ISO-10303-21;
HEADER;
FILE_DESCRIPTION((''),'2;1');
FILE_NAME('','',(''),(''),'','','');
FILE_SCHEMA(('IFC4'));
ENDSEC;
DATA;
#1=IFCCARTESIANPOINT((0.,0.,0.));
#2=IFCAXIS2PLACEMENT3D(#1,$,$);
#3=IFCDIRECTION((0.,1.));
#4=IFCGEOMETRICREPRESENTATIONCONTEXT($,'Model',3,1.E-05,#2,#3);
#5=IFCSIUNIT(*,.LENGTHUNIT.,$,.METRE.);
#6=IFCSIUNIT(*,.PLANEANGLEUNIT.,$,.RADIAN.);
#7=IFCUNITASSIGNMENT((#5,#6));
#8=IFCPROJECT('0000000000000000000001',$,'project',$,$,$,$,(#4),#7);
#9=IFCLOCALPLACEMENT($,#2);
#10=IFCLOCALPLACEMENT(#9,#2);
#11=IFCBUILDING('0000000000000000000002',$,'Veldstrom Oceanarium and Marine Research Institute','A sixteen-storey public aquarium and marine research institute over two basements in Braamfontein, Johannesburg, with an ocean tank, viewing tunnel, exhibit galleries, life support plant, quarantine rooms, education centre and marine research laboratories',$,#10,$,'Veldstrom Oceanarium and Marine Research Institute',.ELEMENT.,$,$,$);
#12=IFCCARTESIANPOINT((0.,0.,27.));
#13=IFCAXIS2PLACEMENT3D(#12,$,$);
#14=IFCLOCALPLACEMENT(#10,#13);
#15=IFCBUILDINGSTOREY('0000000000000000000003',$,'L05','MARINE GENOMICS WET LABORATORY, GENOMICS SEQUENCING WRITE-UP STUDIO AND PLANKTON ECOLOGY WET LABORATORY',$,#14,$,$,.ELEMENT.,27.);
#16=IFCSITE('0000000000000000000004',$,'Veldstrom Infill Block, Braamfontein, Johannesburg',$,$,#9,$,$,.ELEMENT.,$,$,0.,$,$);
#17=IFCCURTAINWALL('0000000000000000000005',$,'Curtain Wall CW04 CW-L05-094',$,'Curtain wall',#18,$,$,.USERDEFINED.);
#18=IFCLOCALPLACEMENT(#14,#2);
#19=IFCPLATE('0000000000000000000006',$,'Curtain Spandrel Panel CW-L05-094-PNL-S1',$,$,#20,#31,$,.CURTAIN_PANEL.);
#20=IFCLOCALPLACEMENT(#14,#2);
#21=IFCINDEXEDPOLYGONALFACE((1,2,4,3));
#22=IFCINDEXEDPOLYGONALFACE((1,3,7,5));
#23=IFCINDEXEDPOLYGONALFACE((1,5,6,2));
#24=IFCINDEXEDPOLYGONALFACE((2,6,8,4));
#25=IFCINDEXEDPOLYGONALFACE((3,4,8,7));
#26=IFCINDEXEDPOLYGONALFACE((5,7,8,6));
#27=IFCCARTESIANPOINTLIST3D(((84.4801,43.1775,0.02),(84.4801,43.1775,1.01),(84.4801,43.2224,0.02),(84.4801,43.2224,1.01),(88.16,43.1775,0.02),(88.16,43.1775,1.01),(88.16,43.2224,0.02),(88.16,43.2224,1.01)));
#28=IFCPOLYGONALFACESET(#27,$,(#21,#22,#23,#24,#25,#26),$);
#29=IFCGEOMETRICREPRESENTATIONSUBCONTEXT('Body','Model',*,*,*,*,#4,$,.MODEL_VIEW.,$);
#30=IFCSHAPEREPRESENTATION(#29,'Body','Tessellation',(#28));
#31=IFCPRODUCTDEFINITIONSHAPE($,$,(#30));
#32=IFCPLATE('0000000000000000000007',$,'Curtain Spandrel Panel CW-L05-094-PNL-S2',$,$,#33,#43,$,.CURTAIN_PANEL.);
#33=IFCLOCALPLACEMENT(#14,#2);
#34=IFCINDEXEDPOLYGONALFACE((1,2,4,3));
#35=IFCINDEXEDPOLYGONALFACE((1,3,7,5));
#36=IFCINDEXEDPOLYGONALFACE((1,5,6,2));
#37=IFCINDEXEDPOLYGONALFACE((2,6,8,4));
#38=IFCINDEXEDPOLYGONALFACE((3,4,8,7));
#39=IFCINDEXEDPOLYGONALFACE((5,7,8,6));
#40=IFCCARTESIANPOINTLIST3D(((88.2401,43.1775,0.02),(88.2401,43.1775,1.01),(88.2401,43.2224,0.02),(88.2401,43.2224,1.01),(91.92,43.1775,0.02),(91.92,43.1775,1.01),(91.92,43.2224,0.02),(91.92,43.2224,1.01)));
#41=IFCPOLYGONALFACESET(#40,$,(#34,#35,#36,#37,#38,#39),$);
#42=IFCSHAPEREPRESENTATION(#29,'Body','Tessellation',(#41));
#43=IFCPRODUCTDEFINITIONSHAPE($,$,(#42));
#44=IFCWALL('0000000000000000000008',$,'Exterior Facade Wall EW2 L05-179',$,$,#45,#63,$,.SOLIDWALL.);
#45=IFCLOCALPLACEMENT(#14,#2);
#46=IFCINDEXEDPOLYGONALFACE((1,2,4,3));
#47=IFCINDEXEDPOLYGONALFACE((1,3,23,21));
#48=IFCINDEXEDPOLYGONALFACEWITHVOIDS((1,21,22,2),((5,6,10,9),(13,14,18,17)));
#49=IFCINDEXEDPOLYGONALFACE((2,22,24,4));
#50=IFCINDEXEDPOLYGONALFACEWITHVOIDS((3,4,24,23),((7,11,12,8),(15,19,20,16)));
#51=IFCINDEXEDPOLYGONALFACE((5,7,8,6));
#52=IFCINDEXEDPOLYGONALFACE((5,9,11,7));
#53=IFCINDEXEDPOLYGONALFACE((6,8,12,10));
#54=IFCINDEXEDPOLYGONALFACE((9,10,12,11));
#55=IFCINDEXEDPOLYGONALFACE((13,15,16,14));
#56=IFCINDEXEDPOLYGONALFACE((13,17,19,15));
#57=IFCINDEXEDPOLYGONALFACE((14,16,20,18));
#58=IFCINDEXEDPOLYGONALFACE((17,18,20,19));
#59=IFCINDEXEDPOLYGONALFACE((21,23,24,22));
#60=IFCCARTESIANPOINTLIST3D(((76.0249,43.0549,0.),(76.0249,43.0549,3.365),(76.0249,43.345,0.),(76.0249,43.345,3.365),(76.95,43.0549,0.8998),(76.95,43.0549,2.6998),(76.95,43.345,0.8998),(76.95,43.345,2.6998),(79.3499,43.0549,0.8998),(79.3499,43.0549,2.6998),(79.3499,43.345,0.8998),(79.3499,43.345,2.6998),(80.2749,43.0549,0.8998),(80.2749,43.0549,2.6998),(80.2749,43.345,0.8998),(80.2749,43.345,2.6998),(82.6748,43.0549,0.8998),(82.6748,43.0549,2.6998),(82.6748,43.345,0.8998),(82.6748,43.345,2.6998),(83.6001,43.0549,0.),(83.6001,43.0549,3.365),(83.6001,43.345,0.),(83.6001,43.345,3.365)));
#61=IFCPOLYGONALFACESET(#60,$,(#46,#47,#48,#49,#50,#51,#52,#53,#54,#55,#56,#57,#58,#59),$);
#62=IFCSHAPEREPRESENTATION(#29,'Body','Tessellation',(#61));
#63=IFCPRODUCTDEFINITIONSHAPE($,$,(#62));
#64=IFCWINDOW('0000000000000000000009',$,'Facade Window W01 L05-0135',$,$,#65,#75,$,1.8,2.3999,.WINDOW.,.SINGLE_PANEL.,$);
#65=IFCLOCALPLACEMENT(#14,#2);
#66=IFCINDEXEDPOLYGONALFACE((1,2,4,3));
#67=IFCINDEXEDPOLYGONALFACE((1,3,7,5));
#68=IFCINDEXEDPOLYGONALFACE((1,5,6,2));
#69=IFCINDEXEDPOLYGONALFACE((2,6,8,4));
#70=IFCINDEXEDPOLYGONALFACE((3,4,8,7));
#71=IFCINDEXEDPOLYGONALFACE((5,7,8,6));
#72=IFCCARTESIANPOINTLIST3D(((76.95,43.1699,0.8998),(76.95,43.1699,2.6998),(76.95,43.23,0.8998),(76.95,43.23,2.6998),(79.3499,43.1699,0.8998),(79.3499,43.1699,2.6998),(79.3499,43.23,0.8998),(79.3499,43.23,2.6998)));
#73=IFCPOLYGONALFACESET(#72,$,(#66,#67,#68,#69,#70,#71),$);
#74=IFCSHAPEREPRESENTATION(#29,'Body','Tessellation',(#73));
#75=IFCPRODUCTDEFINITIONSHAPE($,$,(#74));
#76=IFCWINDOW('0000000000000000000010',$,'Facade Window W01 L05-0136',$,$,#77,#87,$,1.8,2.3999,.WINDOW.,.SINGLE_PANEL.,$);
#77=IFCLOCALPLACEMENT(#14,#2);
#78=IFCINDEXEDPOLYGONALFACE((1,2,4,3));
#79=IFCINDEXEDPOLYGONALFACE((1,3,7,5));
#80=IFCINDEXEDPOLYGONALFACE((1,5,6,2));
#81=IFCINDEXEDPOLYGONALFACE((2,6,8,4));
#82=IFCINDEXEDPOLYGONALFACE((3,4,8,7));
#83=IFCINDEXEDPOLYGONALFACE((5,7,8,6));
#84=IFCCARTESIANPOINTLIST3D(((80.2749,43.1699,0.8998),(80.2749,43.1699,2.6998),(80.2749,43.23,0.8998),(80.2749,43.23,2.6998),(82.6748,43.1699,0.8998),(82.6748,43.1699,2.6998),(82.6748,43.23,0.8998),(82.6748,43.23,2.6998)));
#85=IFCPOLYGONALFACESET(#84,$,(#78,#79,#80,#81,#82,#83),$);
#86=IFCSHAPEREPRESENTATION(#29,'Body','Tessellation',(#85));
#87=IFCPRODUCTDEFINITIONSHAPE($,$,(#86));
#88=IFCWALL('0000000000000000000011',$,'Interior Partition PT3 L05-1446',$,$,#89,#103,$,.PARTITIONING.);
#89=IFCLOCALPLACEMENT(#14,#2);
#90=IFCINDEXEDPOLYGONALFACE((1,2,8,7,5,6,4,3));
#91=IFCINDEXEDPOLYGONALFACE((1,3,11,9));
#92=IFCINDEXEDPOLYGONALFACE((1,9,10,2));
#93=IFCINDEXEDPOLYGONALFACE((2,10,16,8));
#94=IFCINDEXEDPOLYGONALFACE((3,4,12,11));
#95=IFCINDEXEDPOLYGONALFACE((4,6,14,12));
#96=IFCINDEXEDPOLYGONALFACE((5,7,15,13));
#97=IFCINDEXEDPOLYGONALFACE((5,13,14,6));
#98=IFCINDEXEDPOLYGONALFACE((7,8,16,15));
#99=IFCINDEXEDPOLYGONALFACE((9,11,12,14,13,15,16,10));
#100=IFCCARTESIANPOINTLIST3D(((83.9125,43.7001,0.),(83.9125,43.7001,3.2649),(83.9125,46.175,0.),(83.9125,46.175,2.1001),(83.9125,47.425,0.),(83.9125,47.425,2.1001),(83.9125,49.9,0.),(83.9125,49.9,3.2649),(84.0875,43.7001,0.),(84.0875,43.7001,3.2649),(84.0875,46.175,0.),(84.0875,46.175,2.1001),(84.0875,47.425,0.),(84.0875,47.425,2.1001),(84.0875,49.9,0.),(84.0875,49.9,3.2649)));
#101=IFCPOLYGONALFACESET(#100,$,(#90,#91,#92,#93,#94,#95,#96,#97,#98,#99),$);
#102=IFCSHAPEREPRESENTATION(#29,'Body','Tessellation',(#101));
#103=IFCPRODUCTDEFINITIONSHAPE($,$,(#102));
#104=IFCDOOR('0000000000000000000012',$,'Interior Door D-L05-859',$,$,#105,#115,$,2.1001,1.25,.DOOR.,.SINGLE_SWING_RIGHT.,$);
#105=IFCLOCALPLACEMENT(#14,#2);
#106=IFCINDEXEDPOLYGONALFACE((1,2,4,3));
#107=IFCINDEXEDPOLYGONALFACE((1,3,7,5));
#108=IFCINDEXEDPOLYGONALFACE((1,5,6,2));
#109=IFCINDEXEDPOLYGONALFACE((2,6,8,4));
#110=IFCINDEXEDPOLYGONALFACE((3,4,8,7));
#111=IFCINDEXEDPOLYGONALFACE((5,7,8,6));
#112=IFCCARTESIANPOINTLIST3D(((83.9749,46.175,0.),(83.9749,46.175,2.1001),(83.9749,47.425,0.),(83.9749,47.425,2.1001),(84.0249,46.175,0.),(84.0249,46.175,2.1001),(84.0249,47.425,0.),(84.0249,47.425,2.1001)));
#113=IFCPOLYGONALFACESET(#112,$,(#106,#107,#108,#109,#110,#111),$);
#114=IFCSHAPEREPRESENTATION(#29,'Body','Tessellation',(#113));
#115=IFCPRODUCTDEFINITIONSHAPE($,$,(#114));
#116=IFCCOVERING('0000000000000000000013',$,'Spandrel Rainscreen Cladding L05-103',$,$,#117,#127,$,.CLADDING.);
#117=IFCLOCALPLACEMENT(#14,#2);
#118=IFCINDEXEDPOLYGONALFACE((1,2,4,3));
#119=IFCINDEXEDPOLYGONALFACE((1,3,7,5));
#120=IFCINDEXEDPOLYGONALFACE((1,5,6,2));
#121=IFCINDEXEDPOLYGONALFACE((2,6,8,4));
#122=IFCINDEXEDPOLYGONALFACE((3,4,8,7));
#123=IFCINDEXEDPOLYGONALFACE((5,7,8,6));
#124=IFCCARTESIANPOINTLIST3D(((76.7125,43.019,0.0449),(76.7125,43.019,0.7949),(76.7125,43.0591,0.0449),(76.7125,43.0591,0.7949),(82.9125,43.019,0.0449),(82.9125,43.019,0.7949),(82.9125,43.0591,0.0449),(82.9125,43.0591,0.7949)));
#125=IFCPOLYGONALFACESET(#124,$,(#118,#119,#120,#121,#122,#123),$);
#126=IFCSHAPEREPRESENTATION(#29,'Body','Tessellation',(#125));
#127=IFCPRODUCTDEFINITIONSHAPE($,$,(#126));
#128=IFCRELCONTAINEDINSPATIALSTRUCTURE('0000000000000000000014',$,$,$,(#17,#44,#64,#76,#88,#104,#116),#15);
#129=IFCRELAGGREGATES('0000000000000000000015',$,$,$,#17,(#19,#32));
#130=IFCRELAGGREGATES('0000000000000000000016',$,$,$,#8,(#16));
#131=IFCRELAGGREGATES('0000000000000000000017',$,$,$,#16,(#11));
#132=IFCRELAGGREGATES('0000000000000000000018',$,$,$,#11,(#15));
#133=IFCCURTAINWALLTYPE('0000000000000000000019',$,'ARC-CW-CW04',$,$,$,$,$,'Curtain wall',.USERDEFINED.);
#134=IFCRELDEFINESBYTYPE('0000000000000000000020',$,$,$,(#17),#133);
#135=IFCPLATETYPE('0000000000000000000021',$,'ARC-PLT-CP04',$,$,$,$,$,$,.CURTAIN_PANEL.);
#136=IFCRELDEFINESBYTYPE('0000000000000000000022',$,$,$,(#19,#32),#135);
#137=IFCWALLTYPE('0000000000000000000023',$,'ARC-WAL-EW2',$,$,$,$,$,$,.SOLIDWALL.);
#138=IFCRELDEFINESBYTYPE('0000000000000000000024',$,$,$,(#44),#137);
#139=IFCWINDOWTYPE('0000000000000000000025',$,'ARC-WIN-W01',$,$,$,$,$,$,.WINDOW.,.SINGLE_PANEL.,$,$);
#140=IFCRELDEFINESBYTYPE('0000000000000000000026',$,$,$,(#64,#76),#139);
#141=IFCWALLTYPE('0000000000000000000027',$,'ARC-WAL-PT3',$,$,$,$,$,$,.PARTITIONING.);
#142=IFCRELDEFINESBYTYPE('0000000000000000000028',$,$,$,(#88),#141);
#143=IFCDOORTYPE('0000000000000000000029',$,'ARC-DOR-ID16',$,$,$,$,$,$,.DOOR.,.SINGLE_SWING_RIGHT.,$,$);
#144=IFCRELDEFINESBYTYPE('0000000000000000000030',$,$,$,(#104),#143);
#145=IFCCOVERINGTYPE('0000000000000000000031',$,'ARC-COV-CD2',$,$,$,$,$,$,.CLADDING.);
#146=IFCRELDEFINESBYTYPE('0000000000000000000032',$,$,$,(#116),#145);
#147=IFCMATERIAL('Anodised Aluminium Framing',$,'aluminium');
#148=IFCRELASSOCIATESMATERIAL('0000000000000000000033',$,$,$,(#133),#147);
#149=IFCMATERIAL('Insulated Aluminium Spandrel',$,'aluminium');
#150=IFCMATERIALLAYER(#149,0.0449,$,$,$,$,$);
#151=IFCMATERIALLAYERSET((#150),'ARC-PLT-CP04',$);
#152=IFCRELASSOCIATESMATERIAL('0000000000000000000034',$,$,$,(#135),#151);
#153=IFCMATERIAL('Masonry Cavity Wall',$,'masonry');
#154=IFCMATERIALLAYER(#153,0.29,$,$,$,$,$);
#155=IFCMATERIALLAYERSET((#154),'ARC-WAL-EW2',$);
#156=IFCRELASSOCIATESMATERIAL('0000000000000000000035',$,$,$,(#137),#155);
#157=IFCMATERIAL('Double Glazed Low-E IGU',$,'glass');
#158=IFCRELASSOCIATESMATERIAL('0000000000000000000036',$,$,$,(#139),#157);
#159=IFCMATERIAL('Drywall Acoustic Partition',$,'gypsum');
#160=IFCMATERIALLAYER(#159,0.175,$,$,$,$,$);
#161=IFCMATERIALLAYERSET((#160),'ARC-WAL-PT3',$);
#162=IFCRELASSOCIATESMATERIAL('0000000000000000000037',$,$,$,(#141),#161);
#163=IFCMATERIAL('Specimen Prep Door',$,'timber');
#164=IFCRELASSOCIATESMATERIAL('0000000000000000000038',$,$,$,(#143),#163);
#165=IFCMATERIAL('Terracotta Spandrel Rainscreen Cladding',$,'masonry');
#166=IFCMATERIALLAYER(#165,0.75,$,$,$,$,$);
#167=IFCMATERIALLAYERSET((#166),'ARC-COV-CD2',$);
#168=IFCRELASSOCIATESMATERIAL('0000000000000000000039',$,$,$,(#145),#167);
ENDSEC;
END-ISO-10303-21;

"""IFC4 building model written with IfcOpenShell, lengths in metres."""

from ifc_helpers import new_model, si_unit, direction, frame, frame_2d, origin, origin_2d, place, context, subcontext, project, spatial, rectangle, extrude, material, layer, layer_set, type_object, element, fill, aggregate, save


model = new_model("IFC4")

# Units and contexts
model_context = context("Model", 3, precision=1e-05, world=origin(), true_north=direction((0.0, 1.0)))
body_context = subcontext(model_context, "Body", "Model", "MODEL_VIEW")
ifc_project = project(units=[si_unit("LENGTHUNIT", "METRE"), si_unit("PLANEANGLEUNIT", "RADIAN")], contexts=[model_context])

# Site, building, storey
site_placement = place(None, origin())
site = spatial("IfcSite", under=ifc_project, at=site_placement, Name="Veldstrom Infill Block, Braamfontein, Johannesburg", CompositionType="ELEMENT", RefElevation=0.0)
building_placement = place(site_placement, origin())
building = spatial("IfcBuilding", under=site, at=building_placement, Name="Veldstrom Oceanarium and Marine Research Institute", Description="A sixteen-storey public aquarium and marine research institute over two basements in Braamfontein, Johannesburg, with an ocean tank, viewing tunnel, exhibit galleries, life support plant, quarantine rooms, education centre and marine research laboratories", LongName="Veldstrom Oceanarium and Marine Research Institute", CompositionType="ELEMENT")
storey_placement = place(building_placement, frame((0.0, 0.0, 27.0)))
storey = spatial("IfcBuildingStorey", under=building, at=storey_placement, Name="L05", Description="MARINE GENOMICS WET LABORATORY, GENOMICS SEQUENCING WRITE-UP STUDIO AND PLANKTON ECOLOGY WET LABORATORY", CompositionType="ELEMENT", Elevation=27.0)

# Curtain wall
ifc_material_1 = material(Name="Anodised Aluminium Framing", Category="aluminium")
curtain_wall_type = type_object("IfcCurtainWallType", Name="ARC-CW-CW04", ElementType="Curtain wall", PredefinedType="USERDEFINED", material=ifc_material_1)
curtain_wall_placement = place(storey_placement, origin())
curtain_wall = element("IfcCurtainWall", 1, at=curtain_wall_placement, inside=storey, type_object=curtain_wall_type, Name="Curtain Wall CW04 CW-L05-094", ObjectType="Curtain wall", PredefinedType="USERDEFINED")

# Plates
ifc_material_2 = material(Name="Insulated Aluminium Spandrel", Category="aluminium")
ifc_layer_1 = layer(ifc_material_2, 0.0449)
ifc_layer_set_1 = layer_set([ifc_layer_1], Name="ARC-PLT-CP04")
plate_type_1 = type_object("IfcPlateType", Name="ARC-PLT-CP04", PredefinedType="CURTAIN_PANEL", material=ifc_layer_set_1)
plate_1_placement = place(storey_placement, frame((86.3201, 43.2, 0.02), z_axis=(0.0, 0.0, 1.0), x_axis=(1.0, 0.0, 0.0)))
plate_1 = element("IfcPlate", 2, at=plate_1_placement, type_object=plate_type_1, Name="Curtain Spandrel Panel CW-L05-094-PNL-S1", PredefinedType="CURTAIN_PANEL", context=body_context, shape_type="SweptSolid", body=[
    extrude(rectangle(XDim=3.6799, YDim=0.0449, at=origin_2d()), origin(), (0.0, 0.0, 1.0), 0.99),
])
plate_2_placement = place(storey_placement, frame((90.0801, 43.2, 0.02), z_axis=(0.0, 0.0, 1.0), x_axis=(1.0, 0.0, 0.0)))
plate_2 = element("IfcPlate", 3, at=plate_2_placement, type_object=plate_type_1, Name="Curtain Spandrel Panel CW-L05-094-PNL-S2", PredefinedType="CURTAIN_PANEL", context=body_context, shape_type="SweptSolid", body=[
    extrude(rectangle(XDim=3.6799, YDim=0.0449, at=origin_2d()), origin(), (0.0, 0.0, 1.0), 0.99),
])
aggregate(curtain_wall, [plate_1, plate_2])

# Wall, openings, windows
ifc_material_3 = material(Name="Masonry Cavity Wall", Category="masonry")
ifc_layer_2 = layer(ifc_material_3, 0.29)
ifc_layer_set_2 = layer_set([ifc_layer_2], Name="ARC-WAL-EW2")
wall_type_1 = type_object("IfcWallType", Name="ARC-WAL-EW2", PredefinedType="SOLIDWALL", material=ifc_layer_set_2)
wall_1_placement = place(storey_placement, frame((76.0249, 43.2, 0.0), z_axis=(0.0, 0.0, 1.0), x_axis=(1.0, 0.0, 0.0)))
wall_1 = element("IfcWall", 4, at=wall_1_placement, inside=storey, type_object=wall_type_1, Name="Exterior Facade Wall EW2 L05-179", PredefinedType="SOLIDWALL", context=body_context, shape_type="SweptSolid", body=[
    extrude(rectangle(XDim=7.5752, YDim=0.29, at=frame_2d((3.7876, 0.0))), origin(), (0.0, 0.0, 1.0), 3.365),
])
opening_1_placement = place(wall_1_placement, frame((0.925, 0.0, 0.8999)))
opening_1 = element("IfcOpeningElement", 5, at=opening_1_placement, cuts=wall_1, PredefinedType="OPENING", context=body_context, shape_type="SweptSolid", body=[
    extrude(rectangle(XDim=2.3999, YDim=1.8, at=frame_2d((1.2, 0.8999))), frame((0.0, 0.155, 0.0), z_axis=(0.0, -1.0, 0.0), x_axis=(1.0, 0.0, 0.0)), (0.0, 0.0, 1.0), 0.3101),
])
opening_2_placement = place(wall_1_placement, frame((4.25, 0.0, 0.8999)))
opening_2 = element("IfcOpeningElement", 6, at=opening_2_placement, cuts=wall_1, PredefinedType="OPENING", context=body_context, shape_type="SweptSolid", body=[
    extrude(rectangle(XDim=2.3999, YDim=1.8, at=frame_2d((1.2, 0.8999))), frame((0.0, 0.155, 0.0), z_axis=(0.0, -1.0, 0.0), x_axis=(1.0, 0.0, 0.0)), (0.0, 0.0, 1.0), 0.3101),
])
ifc_material_4 = material(Name="Double Glazed Low-E IGU", Category="glass")
window_type = type_object("IfcWindowType", Name="ARC-WIN-W01", PartitioningType="SINGLE_PANEL", PredefinedType="WINDOW", material=ifc_material_4)
window_1_placement = place(opening_1_placement, origin())
window_1 = element("IfcWindow", 7, at=window_1_placement, inside=storey, type_object=window_type, Name="Facade Window W01 L05-0135", OverallHeight=1.8, OverallWidth=2.3999, PartitioningType="SINGLE_PANEL", PredefinedType="WINDOW", context=body_context, shape_type="SweptSolid", body=[
    extrude(rectangle(XDim=2.3999, YDim=1.8, at=frame_2d((1.2, 0.8999))), frame((0.0, 0.03, 0.0), z_axis=(0.0, -1.0, 0.0), x_axis=(1.0, 0.0, 0.0)), (0.0, 0.0, 1.0), 0.0601),
])
fill(opening_1, window_1)
window_2_placement = place(opening_2_placement, origin())
window_2 = element("IfcWindow", 8, at=window_2_placement, inside=storey, type_object=window_type, Name="Facade Window W01 L05-0136", OverallHeight=1.8, OverallWidth=2.3999, PartitioningType="SINGLE_PANEL", PredefinedType="WINDOW", context=body_context, shape_type="SweptSolid", body=[
    extrude(rectangle(XDim=2.3999, YDim=1.8, at=frame_2d((1.2, 0.8999))), frame((0.0, 0.03, 0.0), z_axis=(0.0, -1.0, 0.0), x_axis=(1.0, 0.0, 0.0)), (0.0, 0.0, 1.0), 0.0601),
])
fill(opening_2, window_2)

# Wall, opening, door
ifc_material_5 = material(Name="Drywall Acoustic Partition", Category="gypsum")
ifc_layer_3 = layer(ifc_material_5, 0.175)
ifc_layer_set_3 = layer_set([ifc_layer_3], Name="ARC-WAL-PT3")
wall_type_2 = type_object("IfcWallType", Name="ARC-WAL-PT3", PredefinedType="PARTITIONING", material=ifc_layer_set_3)
wall_2_placement = place(storey_placement, frame((84.0, 43.7, 0.0), z_axis=(0.0, 0.0, 1.0), x_axis=(0.0, 1.0, 0.0)))
wall_2 = element("IfcWall", 9, at=wall_2_placement, inside=storey, type_object=wall_type_2, Name="Interior Partition PT3 L05-1446", PredefinedType="PARTITIONING", context=body_context, shape_type="SweptSolid", body=[
    extrude(rectangle(XDim=6.2, YDim=0.175, at=frame_2d((3.1001, 0.0))), origin(), (0.0, 0.0, 1.0), 3.2649),
])
opening_3_placement = place(wall_2_placement, frame((2.4751, 0.0, 0.0)))
opening_3 = element("IfcOpeningElement", 10, at=opening_3_placement, cuts=wall_2, PredefinedType="OPENING", context=body_context, shape_type="SweptSolid", body=[
    extrude(rectangle(XDim=1.25, YDim=2.1001, at=frame_2d((0.625, 1.05))), frame((0.0, 0.0974, 0.0), z_axis=(0.0, -1.0, 0.0), x_axis=(1.0, 0.0, 0.0)), (0.0, 0.0, 1.0), 0.1951),
])
ifc_material_6 = material(Name="Specimen Prep Door", Category="timber")
door_type_1 = type_object("IfcDoorType", Name="ARC-DOR-ID16", OperationType="SINGLE_SWING_RIGHT", PredefinedType="DOOR", material=ifc_material_6)
door_1_placement = place(opening_3_placement, frame((1.25, 0.0, 0.0), z_axis=(0.0, 0.0, 1.0), x_axis=(-1.0, 0.0, 0.0)))
door_1 = element("IfcDoor", 11, at=door_1_placement, inside=storey, type_object=door_type_1, Name="Interior Door D-L05-859", OperationType="SINGLE_SWING_RIGHT", OverallHeight=2.1001, OverallWidth=1.25, PredefinedType="DOOR", context=body_context, shape_type="SweptSolid", body=[
    extrude(rectangle(XDim=1.25, YDim=2.1001, at=frame_2d((0.625, 1.05))), frame((0.0, 0.0249, 0.0), z_axis=(0.0, -1.0, 0.0), x_axis=(1.0, 0.0, 0.0)), (0.0, 0.0, 1.0), 0.05),
])
fill(opening_3, door_1)

# Covering
ifc_material_7 = material(Name="Terracotta Spandrel Rainscreen Cladding", Category="masonry")
ifc_layer_4 = layer(ifc_material_7, 0.75)
ifc_layer_set_4 = layer_set([ifc_layer_4], Name="ARC-COV-CD2")
covering_type = type_object("IfcCoveringType", Name="ARC-COV-CD2", PredefinedType="CLADDING", material=ifc_layer_set_4)
covering_placement = place(storey_placement, frame((79.8125, 43.0391, 0.0449), z_axis=(0.0, 0.0, 1.0), x_axis=(1.0, 0.0, 0.0)))
element("IfcCovering", 12, at=covering_placement, inside=storey, type_object=covering_type, Name="Spandrel Rainscreen Cladding L05-103", PredefinedType="CLADDING", context=body_context, shape_type="SweptSolid", body=[
    extrude(rectangle(XDim=6.2, YDim=0.04, at=origin_2d()), origin(), (0.0, 0.0, 1.0), 0.75),
])

save(model, "model.ifc")
